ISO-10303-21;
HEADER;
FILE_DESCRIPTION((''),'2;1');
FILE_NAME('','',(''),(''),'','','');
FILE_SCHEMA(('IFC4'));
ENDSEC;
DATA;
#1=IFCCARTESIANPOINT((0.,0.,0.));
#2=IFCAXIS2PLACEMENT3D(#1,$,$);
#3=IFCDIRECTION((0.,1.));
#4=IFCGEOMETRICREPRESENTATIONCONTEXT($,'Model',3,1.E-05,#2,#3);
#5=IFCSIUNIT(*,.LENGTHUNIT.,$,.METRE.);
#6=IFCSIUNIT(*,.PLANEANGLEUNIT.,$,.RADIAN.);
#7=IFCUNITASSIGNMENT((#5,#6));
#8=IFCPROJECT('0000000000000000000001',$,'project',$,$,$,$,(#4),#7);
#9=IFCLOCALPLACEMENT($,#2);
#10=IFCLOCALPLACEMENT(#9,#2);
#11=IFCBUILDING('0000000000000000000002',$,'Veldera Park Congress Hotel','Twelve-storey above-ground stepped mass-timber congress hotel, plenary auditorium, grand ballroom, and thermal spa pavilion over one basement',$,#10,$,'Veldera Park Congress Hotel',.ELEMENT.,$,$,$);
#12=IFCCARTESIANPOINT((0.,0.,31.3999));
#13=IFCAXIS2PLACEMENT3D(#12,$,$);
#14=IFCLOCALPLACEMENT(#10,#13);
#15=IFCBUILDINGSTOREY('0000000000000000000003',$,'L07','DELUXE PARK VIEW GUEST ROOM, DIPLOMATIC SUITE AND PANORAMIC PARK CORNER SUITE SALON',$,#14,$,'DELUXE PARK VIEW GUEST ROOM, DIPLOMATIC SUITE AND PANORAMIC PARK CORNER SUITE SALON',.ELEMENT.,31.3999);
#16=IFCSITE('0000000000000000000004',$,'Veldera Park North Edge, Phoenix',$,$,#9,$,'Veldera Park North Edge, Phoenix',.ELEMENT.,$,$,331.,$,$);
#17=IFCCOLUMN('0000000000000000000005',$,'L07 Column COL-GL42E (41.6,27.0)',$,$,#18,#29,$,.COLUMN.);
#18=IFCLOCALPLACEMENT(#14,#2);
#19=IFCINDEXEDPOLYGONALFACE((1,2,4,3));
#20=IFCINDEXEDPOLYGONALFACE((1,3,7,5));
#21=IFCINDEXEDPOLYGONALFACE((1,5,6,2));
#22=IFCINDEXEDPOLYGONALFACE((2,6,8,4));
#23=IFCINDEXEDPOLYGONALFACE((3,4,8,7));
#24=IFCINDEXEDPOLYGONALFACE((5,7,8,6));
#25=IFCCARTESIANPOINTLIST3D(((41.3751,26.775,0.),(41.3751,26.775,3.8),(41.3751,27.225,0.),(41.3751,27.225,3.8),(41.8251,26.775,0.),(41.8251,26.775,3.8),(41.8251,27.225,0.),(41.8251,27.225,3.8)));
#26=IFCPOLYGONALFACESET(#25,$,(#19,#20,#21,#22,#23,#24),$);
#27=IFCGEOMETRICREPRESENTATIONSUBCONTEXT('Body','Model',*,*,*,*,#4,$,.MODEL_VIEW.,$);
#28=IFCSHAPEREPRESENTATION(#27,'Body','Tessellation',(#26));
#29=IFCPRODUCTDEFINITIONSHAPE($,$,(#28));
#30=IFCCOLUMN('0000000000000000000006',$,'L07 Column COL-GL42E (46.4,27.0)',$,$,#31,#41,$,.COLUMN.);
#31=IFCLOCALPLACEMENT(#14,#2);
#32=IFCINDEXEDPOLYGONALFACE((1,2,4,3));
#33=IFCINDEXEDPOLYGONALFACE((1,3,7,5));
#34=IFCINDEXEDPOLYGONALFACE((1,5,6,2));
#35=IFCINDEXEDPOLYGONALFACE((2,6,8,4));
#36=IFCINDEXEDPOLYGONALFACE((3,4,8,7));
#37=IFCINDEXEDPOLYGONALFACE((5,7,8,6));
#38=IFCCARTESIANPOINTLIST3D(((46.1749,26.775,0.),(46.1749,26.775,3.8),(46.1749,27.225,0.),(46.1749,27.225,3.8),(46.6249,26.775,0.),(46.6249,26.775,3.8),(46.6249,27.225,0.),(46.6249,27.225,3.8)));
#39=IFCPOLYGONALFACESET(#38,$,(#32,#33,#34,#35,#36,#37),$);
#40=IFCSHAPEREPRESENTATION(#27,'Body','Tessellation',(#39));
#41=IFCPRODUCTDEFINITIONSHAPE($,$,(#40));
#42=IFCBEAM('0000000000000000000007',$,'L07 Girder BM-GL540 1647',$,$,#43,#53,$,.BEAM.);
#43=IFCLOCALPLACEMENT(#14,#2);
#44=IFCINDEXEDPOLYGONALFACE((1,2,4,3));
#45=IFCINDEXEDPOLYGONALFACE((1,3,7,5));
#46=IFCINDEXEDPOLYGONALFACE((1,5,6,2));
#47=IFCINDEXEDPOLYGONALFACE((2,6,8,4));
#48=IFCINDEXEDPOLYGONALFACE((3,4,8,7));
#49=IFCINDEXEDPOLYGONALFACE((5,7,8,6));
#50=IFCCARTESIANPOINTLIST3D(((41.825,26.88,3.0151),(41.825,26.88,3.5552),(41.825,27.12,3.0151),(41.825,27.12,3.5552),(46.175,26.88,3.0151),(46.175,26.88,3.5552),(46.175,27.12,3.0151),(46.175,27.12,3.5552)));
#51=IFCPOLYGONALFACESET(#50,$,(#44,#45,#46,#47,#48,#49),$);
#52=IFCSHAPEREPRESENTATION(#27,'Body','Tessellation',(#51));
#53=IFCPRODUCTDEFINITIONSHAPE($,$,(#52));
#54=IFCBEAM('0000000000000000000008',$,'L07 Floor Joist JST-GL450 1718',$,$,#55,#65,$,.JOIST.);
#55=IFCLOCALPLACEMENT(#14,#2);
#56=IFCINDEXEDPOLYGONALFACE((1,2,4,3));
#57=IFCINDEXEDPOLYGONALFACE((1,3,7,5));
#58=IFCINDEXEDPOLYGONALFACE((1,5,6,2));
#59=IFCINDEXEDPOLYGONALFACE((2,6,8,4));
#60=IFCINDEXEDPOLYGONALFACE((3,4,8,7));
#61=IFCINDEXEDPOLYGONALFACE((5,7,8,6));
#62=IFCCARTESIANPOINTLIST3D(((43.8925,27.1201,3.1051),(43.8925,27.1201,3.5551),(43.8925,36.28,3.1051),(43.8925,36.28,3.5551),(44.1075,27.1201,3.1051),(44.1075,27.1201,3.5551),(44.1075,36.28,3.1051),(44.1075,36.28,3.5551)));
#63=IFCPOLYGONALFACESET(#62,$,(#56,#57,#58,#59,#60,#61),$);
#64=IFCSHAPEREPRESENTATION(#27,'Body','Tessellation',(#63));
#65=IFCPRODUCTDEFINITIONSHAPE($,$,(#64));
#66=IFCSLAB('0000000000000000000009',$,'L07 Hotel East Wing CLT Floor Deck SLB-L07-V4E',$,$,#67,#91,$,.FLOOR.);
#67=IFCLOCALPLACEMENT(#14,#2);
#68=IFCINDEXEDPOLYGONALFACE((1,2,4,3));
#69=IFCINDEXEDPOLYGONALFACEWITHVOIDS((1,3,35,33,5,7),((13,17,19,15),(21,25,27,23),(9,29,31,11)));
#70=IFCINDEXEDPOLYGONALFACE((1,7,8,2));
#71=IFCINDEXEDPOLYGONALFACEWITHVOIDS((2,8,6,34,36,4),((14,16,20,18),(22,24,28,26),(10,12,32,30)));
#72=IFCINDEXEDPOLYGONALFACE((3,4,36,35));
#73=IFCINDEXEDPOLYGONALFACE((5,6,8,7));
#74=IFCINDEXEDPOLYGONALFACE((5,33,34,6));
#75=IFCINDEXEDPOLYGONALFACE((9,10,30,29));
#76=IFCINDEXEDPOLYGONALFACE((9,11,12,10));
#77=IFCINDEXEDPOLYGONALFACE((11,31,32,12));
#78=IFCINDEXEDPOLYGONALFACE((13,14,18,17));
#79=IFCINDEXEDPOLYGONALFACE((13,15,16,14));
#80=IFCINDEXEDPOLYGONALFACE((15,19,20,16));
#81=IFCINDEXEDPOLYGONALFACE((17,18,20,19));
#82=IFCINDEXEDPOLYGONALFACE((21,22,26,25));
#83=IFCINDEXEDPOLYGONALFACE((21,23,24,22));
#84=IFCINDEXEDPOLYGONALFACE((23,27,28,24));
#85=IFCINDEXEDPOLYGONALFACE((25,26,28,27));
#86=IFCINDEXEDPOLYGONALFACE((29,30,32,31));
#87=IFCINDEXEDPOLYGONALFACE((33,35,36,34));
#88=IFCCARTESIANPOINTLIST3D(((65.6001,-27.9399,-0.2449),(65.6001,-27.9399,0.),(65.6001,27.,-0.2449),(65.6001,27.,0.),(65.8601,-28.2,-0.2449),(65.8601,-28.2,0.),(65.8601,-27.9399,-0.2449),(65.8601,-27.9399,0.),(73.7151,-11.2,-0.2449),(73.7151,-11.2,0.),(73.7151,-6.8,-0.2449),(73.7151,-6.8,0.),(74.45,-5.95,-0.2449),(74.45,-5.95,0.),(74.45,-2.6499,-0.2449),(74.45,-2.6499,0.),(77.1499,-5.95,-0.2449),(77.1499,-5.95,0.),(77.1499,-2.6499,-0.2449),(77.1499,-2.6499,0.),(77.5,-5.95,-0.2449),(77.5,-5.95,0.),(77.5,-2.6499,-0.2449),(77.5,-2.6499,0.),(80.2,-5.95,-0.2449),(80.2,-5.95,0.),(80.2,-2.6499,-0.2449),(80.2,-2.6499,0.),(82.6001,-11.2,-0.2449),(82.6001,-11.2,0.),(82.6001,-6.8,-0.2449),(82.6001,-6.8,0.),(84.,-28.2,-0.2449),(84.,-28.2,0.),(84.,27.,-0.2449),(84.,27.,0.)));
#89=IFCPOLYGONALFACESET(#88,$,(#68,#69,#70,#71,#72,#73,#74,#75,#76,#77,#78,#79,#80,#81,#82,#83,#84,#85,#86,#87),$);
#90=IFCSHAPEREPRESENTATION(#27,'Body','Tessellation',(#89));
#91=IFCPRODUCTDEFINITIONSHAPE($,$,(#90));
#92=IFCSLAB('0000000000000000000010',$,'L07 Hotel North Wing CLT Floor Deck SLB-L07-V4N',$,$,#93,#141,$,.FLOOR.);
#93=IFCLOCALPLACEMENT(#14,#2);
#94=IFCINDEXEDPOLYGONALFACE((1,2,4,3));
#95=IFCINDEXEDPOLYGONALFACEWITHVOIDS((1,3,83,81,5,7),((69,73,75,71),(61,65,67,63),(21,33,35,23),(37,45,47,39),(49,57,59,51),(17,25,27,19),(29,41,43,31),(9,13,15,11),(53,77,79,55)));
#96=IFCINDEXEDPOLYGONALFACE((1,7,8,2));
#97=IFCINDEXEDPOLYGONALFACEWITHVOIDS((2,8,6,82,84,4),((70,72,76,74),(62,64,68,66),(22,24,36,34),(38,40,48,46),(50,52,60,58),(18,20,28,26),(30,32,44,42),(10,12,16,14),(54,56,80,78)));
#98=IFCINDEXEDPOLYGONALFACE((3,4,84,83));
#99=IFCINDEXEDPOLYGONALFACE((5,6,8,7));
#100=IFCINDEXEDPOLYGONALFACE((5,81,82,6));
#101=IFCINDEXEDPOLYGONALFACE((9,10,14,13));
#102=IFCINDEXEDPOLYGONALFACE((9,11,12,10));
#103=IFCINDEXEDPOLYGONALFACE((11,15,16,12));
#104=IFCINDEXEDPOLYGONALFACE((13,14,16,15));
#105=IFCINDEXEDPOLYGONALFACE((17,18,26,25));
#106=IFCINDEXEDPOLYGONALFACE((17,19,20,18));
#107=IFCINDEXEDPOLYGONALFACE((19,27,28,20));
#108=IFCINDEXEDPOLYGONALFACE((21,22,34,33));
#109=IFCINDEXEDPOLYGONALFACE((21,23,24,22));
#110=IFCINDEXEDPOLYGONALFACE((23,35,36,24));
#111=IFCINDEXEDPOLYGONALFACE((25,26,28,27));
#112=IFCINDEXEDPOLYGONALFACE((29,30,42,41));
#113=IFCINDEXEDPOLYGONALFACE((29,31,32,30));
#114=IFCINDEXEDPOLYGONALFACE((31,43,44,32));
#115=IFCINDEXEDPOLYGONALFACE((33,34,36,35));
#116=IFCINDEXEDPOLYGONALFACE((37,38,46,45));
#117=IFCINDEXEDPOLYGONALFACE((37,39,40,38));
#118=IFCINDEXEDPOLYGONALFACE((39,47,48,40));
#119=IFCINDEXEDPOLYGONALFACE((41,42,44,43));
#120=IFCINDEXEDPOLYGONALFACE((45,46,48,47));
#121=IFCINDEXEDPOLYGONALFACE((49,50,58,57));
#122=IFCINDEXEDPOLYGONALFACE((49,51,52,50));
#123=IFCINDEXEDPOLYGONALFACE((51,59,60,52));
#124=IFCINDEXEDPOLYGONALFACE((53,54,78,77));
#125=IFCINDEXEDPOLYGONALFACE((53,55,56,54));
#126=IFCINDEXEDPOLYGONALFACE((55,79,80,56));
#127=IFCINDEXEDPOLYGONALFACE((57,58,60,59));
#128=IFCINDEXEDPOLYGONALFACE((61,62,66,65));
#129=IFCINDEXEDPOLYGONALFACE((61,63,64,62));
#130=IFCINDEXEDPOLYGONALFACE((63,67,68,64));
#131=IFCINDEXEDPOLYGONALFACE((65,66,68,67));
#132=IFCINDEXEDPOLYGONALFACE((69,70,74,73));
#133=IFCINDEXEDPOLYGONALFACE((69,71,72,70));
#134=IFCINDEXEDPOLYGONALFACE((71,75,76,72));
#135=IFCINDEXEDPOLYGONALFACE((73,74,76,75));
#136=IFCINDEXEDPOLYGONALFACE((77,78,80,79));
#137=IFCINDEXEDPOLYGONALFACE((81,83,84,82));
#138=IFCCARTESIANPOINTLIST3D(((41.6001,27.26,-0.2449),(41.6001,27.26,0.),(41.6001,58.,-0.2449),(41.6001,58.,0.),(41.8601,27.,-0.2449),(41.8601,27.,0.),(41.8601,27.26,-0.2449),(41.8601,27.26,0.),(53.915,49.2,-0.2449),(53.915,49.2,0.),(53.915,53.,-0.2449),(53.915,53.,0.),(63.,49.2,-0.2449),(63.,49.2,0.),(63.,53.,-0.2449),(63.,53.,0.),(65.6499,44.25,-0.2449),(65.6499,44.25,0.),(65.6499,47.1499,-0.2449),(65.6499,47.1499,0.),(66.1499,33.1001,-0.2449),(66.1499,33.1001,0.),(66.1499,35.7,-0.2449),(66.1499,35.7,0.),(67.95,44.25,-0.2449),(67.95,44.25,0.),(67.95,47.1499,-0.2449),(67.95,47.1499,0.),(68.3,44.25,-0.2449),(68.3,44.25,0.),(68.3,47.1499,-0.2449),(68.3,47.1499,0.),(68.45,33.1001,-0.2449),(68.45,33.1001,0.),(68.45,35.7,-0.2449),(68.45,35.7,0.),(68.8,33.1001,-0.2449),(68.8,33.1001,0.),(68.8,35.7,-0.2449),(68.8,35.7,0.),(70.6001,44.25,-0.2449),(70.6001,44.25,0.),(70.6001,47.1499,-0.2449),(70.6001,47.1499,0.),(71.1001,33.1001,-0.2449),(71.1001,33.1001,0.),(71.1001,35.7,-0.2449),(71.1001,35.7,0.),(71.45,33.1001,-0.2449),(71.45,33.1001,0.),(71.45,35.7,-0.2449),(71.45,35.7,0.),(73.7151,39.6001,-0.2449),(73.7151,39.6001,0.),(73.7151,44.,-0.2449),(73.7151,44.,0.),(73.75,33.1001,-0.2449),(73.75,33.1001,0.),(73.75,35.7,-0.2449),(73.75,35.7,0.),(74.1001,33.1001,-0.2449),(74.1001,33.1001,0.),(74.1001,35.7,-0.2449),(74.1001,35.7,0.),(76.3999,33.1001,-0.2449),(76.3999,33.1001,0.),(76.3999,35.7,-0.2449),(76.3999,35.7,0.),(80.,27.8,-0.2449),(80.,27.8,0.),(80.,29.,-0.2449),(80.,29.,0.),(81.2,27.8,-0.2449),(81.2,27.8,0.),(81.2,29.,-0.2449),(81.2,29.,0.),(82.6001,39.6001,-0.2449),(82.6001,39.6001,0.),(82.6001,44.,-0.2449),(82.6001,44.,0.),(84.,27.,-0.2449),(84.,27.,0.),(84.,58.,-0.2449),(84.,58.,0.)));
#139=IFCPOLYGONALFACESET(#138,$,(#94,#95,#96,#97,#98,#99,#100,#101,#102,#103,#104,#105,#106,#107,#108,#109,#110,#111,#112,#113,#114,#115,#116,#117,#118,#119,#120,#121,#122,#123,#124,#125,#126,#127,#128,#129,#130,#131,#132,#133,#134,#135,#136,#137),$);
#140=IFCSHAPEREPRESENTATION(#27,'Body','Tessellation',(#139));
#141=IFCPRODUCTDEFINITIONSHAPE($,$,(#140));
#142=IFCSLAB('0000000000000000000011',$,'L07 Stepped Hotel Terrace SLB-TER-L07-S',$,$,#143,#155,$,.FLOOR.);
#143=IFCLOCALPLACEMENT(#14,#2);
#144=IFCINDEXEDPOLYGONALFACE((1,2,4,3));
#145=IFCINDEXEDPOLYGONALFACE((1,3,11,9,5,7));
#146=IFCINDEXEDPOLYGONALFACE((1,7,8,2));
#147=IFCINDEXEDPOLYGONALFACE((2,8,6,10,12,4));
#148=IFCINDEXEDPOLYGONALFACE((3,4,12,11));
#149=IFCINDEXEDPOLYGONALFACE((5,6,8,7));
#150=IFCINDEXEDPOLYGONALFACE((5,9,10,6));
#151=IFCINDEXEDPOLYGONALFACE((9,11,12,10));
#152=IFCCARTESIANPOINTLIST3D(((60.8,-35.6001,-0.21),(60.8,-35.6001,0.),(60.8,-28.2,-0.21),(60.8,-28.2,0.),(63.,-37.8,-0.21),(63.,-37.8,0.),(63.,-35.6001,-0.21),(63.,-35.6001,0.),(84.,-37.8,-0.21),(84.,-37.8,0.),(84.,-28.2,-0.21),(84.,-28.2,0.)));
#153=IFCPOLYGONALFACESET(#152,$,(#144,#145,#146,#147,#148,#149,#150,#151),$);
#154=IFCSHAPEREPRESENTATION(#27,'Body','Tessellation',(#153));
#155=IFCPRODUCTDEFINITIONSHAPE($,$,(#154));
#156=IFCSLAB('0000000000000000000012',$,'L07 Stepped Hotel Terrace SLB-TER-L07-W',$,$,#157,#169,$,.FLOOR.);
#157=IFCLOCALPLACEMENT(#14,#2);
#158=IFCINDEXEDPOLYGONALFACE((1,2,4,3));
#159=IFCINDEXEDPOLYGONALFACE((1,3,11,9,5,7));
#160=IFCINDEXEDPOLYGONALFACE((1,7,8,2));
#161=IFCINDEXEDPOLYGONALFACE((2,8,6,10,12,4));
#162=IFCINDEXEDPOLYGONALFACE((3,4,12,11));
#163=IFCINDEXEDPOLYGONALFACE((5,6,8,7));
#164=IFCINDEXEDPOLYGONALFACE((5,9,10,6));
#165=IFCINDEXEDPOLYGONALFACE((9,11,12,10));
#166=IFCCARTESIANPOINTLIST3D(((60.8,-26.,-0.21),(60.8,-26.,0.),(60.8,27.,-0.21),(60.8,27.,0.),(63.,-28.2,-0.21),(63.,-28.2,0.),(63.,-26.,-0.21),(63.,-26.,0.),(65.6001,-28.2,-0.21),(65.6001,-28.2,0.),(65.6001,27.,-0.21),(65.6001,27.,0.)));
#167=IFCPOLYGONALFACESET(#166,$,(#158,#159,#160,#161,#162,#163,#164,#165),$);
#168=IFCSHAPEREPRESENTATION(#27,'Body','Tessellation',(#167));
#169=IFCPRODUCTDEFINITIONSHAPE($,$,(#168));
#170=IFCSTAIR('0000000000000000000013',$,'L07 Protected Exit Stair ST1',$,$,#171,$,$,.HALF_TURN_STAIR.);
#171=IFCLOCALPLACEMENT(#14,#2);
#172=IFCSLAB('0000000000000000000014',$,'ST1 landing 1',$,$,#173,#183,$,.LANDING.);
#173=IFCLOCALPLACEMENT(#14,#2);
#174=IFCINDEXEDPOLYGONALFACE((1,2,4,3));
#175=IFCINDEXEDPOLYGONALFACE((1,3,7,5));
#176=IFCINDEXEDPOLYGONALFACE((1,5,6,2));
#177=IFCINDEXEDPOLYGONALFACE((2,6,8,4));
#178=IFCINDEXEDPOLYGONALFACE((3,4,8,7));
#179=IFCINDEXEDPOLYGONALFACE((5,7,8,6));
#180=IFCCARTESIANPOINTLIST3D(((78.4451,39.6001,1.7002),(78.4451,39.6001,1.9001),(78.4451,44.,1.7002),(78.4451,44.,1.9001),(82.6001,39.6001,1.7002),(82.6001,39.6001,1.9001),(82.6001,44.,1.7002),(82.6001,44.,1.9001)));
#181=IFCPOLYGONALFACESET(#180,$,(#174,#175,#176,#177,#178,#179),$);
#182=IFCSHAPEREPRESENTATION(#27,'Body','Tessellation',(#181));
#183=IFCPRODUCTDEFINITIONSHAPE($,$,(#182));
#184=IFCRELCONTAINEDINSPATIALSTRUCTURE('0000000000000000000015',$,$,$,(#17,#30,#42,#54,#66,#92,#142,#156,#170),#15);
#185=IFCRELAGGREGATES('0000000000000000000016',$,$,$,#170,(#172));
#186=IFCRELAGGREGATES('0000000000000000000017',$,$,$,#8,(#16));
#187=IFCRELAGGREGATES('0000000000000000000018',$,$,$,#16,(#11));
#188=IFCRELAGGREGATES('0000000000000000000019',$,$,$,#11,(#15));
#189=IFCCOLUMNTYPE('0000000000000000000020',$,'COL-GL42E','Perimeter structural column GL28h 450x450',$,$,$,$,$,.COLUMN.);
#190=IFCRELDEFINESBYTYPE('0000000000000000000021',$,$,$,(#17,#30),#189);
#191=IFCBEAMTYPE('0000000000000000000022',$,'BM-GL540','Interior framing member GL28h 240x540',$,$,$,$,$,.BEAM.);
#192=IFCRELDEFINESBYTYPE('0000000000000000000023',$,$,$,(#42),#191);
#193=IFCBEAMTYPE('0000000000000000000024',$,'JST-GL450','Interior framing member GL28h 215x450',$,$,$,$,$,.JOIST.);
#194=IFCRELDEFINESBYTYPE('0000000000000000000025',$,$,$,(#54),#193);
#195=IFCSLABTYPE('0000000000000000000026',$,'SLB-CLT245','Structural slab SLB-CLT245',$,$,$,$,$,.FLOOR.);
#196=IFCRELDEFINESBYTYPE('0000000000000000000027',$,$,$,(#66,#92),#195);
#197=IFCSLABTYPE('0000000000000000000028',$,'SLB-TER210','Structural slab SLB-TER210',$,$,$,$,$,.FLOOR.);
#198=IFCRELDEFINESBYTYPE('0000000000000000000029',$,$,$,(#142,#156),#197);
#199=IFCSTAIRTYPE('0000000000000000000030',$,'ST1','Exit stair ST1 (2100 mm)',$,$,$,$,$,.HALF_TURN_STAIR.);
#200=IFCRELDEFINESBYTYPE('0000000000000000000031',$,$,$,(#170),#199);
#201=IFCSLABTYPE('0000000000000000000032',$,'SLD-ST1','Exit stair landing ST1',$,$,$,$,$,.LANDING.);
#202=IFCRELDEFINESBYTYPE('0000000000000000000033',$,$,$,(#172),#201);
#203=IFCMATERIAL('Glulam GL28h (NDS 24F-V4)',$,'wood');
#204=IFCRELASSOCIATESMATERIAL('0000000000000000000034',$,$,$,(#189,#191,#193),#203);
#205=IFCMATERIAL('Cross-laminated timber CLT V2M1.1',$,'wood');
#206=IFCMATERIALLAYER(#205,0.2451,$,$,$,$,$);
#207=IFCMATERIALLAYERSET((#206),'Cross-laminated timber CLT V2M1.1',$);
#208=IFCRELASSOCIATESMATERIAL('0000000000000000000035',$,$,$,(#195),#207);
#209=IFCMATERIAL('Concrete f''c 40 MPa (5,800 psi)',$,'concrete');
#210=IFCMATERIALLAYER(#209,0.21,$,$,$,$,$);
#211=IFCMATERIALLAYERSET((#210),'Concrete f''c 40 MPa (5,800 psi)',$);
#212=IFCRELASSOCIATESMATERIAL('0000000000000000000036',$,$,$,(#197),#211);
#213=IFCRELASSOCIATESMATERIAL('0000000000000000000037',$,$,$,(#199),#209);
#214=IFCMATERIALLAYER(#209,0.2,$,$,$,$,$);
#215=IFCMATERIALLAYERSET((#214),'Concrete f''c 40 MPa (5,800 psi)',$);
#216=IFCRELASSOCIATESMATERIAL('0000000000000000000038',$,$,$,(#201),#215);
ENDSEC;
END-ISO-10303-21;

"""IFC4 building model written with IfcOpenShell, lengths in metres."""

from ifc_helpers import new_model, si_unit, direction, frame, origin, origin_2d, place, context, subcontext, project, spatial, polyline, rectangle, outline, extrude, material, layer, layer_set, material_profile, profile_set, type_object, element, aggregate, save


model = new_model("IFC4")

# Units and contexts
model_context = context("Model", 3, precision=1e-05, world=origin(), true_north=direction((0.0, 1.0)))
body_context = subcontext(model_context, "Body", "Model", "MODEL_VIEW")
ifc_project = project(units=[si_unit("LENGTHUNIT", "METRE"), si_unit("PLANEANGLEUNIT", "RADIAN")], contexts=[model_context])

# Site, building, storey
site_placement = place(None, origin())
site = spatial("IfcSite", under=ifc_project, at=site_placement, Name="Veldera Park North Edge, Phoenix", LongName="Veldera Park North Edge, Phoenix", CompositionType="ELEMENT", RefElevation=331.0)
building_placement = place(site_placement, origin())
building = spatial("IfcBuilding", under=site, at=building_placement, Name="Veldera Park Congress Hotel", Description="Twelve-storey above-ground stepped mass-timber congress hotel, plenary auditorium, grand ballroom, and thermal spa pavilion over one basement", LongName="Veldera Park Congress Hotel", CompositionType="ELEMENT")
storey_placement = place(building_placement, frame((0.0, 0.0, 31.3999)))
storey = spatial("IfcBuildingStorey", under=building, at=storey_placement, Name="L07", Description="DELUXE PARK VIEW GUEST ROOM, DIPLOMATIC SUITE AND PANORAMIC PARK CORNER SUITE SALON", LongName="DELUXE PARK VIEW GUEST ROOM, DIPLOMATIC SUITE AND PANORAMIC PARK CORNER SUITE SALON", CompositionType="ELEMENT", Elevation=31.3999)

# Columns
ifc_material_1 = material(Name="Glulam GL28h (NDS 24F-V4)", Category="wood")
ifc_material_profile_1 = material_profile(ifc_material_1, rectangle(XDim=0.45, YDim=0.45, at=origin_2d()), Name="GL28h 450x450")
ifc_profile_set_1 = profile_set([ifc_material_profile_1], Name="Glulam GL28h (NDS 24F-V4)")
column_type = type_object("IfcColumnType", Name="COL-GL42E", Description="Perimeter structural column GL28h 450x450", PredefinedType="COLUMN", material=ifc_profile_set_1)
for number, where, z_axis, x_axis, name in (
    (1, (41.6001, 27.0, 0.0), (0.0, 0.0, 1.0), (1.0, 0.0, 0.0), "L07 Column COL-GL42E (41.6,27.0)"),
    (2, (46.3999, 27.0, 0.0), (0.0, 0.0, 1.0), (1.0, 0.0, 0.0), "L07 Column COL-GL42E (46.4,27.0)"),
):
    element("IfcColumn", number, at=place(storey_placement, frame(where, z_axis=z_axis, x_axis=x_axis)), inside=storey, type_object=column_type, Name=name, PredefinedType="COLUMN", context=body_context, shape_type="SweptSolid", body=[
        extrude(rectangle(XDim=0.45, YDim=0.45, at=origin_2d()), origin(), (0.0, 0.0, 1.0), 3.8),
    ])

# Beams
ifc_material_profile_2 = material_profile(ifc_material_1, rectangle(XDim=0.24, YDim=0.54, at=origin_2d()), Name="GL28h 240x540")
ifc_profile_set_2 = profile_set([ifc_material_profile_2], Name="Glulam GL28h (NDS 24F-V4)")
beam_type_1 = type_object("IfcBeamType", Name="BM-GL540", Description="Interior framing member GL28h 240x540", PredefinedType="BEAM", material=ifc_profile_set_2)
beam_1_placement = place(storey_placement, frame((41.825, 27.0, 3.2852), z_axis=(1.0, 0.0, 0.0), x_axis=(0.0, 1.0, 0.0)))
element("IfcBeam", 3, at=beam_1_placement, inside=storey, type_object=beam_type_1, Name="L07 Girder BM-GL540 1647", PredefinedType="BEAM", context=body_context, shape_type="SweptSolid", body=[
    extrude(rectangle(XDim=0.24, YDim=0.54, at=origin_2d()), origin(), (0.0, 0.0, 1.0), 4.3501),
])
ifc_material_profile_3 = material_profile(ifc_material_1, rectangle(XDim=0.2151, YDim=0.45, at=origin_2d()), Name="GL28h 215x450")
ifc_profile_set_3 = profile_set([ifc_material_profile_3], Name="Glulam GL28h (NDS 24F-V4)")
beam_type_2 = type_object("IfcBeamType", Name="JST-GL450", Description="Interior framing member GL28h 215x450", PredefinedType="JOIST", material=ifc_profile_set_3)
beam_2_placement = place(storey_placement, frame((44.0, 27.1201, 3.3301), z_axis=(0.0, 1.0, 0.0), x_axis=(-1.0, 0.0, 0.0)))
element("IfcBeam", 4, at=beam_2_placement, inside=storey, type_object=beam_type_2, Name="L07 Floor Joist JST-GL450 1718", PredefinedType="JOIST", context=body_context, shape_type="SweptSolid", body=[
    extrude(rectangle(XDim=0.2151, YDim=0.45, at=origin_2d()), origin(), (0.0, 0.0, 1.0), 9.1599),
])

# Slabs
ifc_material_2 = material(Name="Cross-laminated timber CLT V2M1.1", Category="wood")
ifc_layer_1 = layer(ifc_material_2, 0.2451)
ifc_layer_set_1 = layer_set([ifc_layer_1], Name="Cross-laminated timber CLT V2M1.1")
slab_type_1 = type_object("IfcSlabType", Name="SLB-CLT245", Description="Structural slab SLB-CLT245", PredefinedType="FLOOR", material=ifc_layer_set_1)
slab_1_placement = place(storey_placement, frame((0.0, 0.0, -0.2449)))
element("IfcSlab", 5, at=slab_1_placement, inside=storey, type_object=slab_type_1, Name="L07 Hotel East Wing CLT Floor Deck SLB-L07-V4E", PredefinedType="FLOOR", context=body_context, shape_type="SweptSolid", body=[
    extrude(outline(polyline([(65.6001, -27.9399), (65.8601, -27.9399), (65.8601, -28.2), (84.0, -28.2), (84.0, 27.0), (65.6001, 27.0), (65.6001, -27.9399)]), holes=[polyline([(73.7151, -11.2), (82.6001, -11.2), (82.6001, -6.8), (73.7151, -6.8), (73.7151, -11.2)]), polyline([(74.45, -5.95), (77.1499, -5.95), (77.1499, -2.6499), (74.45, -2.6499), (74.45, -5.95)]), polyline([(77.5, -5.95), (80.2, -5.95), (80.2, -2.6499), (77.5, -2.6499), (77.5, -5.95)])]), origin(), (0.0, 0.0, 1.0), 0.2449),
])
slab_2_placement = place(storey_placement, frame((0.0, 0.0, -0.2449)))
element("IfcSlab", 6, at=slab_2_placement, inside=storey, type_object=slab_type_1, Name="L07 Hotel North Wing CLT Floor Deck SLB-L07-V4N", PredefinedType="FLOOR", context=body_context, shape_type="SweptSolid", body=[
    extrude(outline(polyline([(41.6001, 27.26), (41.8601, 27.26), (41.8601, 27.0), (84.0, 27.0), (84.0, 58.0), (41.6001, 58.0), (41.6001, 27.26)]), holes=[polyline([(73.7151, 39.6001), (82.6001, 39.6001), (82.6001, 44.0), (73.7151, 44.0), (73.7151, 39.6001)]), polyline([(53.915, 49.2), (63.0, 49.2), (63.0, 53.0), (53.915, 53.0), (53.915, 49.2)]), polyline([(65.6499, 44.25), (67.95, 44.25), (67.95, 47.1499), (65.6499, 47.1499), (65.6499, 44.25)]), polyline([(68.3, 44.25), (70.6001, 44.25), (70.6001, 47.1499), (68.3, 47.1499), (68.3, 44.25)]), polyline([(66.1499, 33.1001), (68.45, 33.1001), (68.45, 35.7), (66.1499, 35.7), (66.1499, 33.1001)]), polyline([(68.8, 33.1001), (71.1001, 33.1001), (71.1001, 35.7), (68.8, 35.7), (68.8, 33.1001)]), polyline([(71.45, 33.1001), (73.75, 33.1001), (73.75, 35.7), (71.45, 35.7), (71.45, 33.1001)]), polyline([(74.1001, 33.1001), (76.3999, 33.1001), (76.3999, 35.7), (74.1001, 35.7), (74.1001, 33.1001)]), polyline([(80.0, 27.8), (81.2, 27.8), (81.2, 29.0), (80.0, 29.0), (80.0, 27.8)])]), origin(), (0.0, 0.0, 1.0), 0.2449),
])
ifc_material_3 = material(Name="Concrete f'c 40 MPa (5,800 psi)", Category="concrete")
ifc_layer_2 = layer(ifc_material_3, 0.21)
ifc_layer_set_2 = layer_set([ifc_layer_2], Name="Concrete f'c 40 MPa (5,800 psi)")
slab_type_2 = type_object("IfcSlabType", Name="SLB-TER210", Description="Structural slab SLB-TER210", PredefinedType="FLOOR", material=ifc_layer_set_2)
slab_3_placement = place(storey_placement, frame((0.0, 0.0, -0.21)))
element("IfcSlab", 7, at=slab_3_placement, inside=storey, type_object=slab_type_2, Name="L07 Stepped Hotel Terrace SLB-TER-L07-S", PredefinedType="FLOOR", context=body_context, shape_type="SweptSolid", body=[
    extrude(outline(polyline([(60.8, -35.6001), (63.0, -35.6001), (63.0, -37.8), (84.0, -37.8), (84.0, -28.2), (60.8, -28.2), (60.8, -35.6001)])), origin(), (0.0, 0.0, 1.0), 0.21),
])
slab_4_placement = place(storey_placement, frame((0.0, 0.0, -0.21)))
element("IfcSlab", 8, at=slab_4_placement, inside=storey, type_object=slab_type_2, Name="L07 Stepped Hotel Terrace SLB-TER-L07-W", PredefinedType="FLOOR", context=body_context, shape_type="SweptSolid", body=[
    extrude(outline(polyline([(60.8, -26.0), (63.0, -26.0), (63.0, -28.2), (65.6001, -28.2), (65.6001, 27.0), (60.8, 27.0), (60.8, -26.0)])), origin(), (0.0, 0.0, 1.0), 0.21),
])

# Stair, slab
stair_type_1 = type_object("IfcStairType", Name="ST1", Description="Exit stair ST1 (2100 mm)", PredefinedType="HALF_TURN_STAIR", material=ifc_material_3)
stair_1_placement = place(storey_placement, origin())
stair_1 = element("IfcStair", 9, at=stair_1_placement, inside=storey, type_object=stair_type_1, Name="L07 Protected Exit Stair ST1", PredefinedType="HALF_TURN_STAIR")
ifc_layer_3 = layer(ifc_material_3, 0.2)
ifc_layer_set_3 = layer_set([ifc_layer_3], Name="Concrete f'c 40 MPa (5,800 psi)")
slab_type_3 = type_object("IfcSlabType", Name="SLD-ST1", Description="Exit stair landing ST1", PredefinedType="LANDING", material=ifc_layer_set_3)
slab_5_placement = place(storey_placement, frame((0.0, 0.0, 1.7002)))
slab_5 = element("IfcSlab", 10, at=slab_5_placement, type_object=slab_type_3, Name="ST1 landing 1", PredefinedType="LANDING", context=body_context, shape_type="SweptSolid", body=[
    extrude(outline(polyline([(78.4451, 39.6001), (82.6001, 39.6001), (82.6001, 44.0), (78.4451, 44.0), (78.4451, 39.6001)])), origin(), (0.0, 0.0, 1.0), 0.2),
])
aggregate(stair_1, [slab_5])

save(model, "model.ifc")
